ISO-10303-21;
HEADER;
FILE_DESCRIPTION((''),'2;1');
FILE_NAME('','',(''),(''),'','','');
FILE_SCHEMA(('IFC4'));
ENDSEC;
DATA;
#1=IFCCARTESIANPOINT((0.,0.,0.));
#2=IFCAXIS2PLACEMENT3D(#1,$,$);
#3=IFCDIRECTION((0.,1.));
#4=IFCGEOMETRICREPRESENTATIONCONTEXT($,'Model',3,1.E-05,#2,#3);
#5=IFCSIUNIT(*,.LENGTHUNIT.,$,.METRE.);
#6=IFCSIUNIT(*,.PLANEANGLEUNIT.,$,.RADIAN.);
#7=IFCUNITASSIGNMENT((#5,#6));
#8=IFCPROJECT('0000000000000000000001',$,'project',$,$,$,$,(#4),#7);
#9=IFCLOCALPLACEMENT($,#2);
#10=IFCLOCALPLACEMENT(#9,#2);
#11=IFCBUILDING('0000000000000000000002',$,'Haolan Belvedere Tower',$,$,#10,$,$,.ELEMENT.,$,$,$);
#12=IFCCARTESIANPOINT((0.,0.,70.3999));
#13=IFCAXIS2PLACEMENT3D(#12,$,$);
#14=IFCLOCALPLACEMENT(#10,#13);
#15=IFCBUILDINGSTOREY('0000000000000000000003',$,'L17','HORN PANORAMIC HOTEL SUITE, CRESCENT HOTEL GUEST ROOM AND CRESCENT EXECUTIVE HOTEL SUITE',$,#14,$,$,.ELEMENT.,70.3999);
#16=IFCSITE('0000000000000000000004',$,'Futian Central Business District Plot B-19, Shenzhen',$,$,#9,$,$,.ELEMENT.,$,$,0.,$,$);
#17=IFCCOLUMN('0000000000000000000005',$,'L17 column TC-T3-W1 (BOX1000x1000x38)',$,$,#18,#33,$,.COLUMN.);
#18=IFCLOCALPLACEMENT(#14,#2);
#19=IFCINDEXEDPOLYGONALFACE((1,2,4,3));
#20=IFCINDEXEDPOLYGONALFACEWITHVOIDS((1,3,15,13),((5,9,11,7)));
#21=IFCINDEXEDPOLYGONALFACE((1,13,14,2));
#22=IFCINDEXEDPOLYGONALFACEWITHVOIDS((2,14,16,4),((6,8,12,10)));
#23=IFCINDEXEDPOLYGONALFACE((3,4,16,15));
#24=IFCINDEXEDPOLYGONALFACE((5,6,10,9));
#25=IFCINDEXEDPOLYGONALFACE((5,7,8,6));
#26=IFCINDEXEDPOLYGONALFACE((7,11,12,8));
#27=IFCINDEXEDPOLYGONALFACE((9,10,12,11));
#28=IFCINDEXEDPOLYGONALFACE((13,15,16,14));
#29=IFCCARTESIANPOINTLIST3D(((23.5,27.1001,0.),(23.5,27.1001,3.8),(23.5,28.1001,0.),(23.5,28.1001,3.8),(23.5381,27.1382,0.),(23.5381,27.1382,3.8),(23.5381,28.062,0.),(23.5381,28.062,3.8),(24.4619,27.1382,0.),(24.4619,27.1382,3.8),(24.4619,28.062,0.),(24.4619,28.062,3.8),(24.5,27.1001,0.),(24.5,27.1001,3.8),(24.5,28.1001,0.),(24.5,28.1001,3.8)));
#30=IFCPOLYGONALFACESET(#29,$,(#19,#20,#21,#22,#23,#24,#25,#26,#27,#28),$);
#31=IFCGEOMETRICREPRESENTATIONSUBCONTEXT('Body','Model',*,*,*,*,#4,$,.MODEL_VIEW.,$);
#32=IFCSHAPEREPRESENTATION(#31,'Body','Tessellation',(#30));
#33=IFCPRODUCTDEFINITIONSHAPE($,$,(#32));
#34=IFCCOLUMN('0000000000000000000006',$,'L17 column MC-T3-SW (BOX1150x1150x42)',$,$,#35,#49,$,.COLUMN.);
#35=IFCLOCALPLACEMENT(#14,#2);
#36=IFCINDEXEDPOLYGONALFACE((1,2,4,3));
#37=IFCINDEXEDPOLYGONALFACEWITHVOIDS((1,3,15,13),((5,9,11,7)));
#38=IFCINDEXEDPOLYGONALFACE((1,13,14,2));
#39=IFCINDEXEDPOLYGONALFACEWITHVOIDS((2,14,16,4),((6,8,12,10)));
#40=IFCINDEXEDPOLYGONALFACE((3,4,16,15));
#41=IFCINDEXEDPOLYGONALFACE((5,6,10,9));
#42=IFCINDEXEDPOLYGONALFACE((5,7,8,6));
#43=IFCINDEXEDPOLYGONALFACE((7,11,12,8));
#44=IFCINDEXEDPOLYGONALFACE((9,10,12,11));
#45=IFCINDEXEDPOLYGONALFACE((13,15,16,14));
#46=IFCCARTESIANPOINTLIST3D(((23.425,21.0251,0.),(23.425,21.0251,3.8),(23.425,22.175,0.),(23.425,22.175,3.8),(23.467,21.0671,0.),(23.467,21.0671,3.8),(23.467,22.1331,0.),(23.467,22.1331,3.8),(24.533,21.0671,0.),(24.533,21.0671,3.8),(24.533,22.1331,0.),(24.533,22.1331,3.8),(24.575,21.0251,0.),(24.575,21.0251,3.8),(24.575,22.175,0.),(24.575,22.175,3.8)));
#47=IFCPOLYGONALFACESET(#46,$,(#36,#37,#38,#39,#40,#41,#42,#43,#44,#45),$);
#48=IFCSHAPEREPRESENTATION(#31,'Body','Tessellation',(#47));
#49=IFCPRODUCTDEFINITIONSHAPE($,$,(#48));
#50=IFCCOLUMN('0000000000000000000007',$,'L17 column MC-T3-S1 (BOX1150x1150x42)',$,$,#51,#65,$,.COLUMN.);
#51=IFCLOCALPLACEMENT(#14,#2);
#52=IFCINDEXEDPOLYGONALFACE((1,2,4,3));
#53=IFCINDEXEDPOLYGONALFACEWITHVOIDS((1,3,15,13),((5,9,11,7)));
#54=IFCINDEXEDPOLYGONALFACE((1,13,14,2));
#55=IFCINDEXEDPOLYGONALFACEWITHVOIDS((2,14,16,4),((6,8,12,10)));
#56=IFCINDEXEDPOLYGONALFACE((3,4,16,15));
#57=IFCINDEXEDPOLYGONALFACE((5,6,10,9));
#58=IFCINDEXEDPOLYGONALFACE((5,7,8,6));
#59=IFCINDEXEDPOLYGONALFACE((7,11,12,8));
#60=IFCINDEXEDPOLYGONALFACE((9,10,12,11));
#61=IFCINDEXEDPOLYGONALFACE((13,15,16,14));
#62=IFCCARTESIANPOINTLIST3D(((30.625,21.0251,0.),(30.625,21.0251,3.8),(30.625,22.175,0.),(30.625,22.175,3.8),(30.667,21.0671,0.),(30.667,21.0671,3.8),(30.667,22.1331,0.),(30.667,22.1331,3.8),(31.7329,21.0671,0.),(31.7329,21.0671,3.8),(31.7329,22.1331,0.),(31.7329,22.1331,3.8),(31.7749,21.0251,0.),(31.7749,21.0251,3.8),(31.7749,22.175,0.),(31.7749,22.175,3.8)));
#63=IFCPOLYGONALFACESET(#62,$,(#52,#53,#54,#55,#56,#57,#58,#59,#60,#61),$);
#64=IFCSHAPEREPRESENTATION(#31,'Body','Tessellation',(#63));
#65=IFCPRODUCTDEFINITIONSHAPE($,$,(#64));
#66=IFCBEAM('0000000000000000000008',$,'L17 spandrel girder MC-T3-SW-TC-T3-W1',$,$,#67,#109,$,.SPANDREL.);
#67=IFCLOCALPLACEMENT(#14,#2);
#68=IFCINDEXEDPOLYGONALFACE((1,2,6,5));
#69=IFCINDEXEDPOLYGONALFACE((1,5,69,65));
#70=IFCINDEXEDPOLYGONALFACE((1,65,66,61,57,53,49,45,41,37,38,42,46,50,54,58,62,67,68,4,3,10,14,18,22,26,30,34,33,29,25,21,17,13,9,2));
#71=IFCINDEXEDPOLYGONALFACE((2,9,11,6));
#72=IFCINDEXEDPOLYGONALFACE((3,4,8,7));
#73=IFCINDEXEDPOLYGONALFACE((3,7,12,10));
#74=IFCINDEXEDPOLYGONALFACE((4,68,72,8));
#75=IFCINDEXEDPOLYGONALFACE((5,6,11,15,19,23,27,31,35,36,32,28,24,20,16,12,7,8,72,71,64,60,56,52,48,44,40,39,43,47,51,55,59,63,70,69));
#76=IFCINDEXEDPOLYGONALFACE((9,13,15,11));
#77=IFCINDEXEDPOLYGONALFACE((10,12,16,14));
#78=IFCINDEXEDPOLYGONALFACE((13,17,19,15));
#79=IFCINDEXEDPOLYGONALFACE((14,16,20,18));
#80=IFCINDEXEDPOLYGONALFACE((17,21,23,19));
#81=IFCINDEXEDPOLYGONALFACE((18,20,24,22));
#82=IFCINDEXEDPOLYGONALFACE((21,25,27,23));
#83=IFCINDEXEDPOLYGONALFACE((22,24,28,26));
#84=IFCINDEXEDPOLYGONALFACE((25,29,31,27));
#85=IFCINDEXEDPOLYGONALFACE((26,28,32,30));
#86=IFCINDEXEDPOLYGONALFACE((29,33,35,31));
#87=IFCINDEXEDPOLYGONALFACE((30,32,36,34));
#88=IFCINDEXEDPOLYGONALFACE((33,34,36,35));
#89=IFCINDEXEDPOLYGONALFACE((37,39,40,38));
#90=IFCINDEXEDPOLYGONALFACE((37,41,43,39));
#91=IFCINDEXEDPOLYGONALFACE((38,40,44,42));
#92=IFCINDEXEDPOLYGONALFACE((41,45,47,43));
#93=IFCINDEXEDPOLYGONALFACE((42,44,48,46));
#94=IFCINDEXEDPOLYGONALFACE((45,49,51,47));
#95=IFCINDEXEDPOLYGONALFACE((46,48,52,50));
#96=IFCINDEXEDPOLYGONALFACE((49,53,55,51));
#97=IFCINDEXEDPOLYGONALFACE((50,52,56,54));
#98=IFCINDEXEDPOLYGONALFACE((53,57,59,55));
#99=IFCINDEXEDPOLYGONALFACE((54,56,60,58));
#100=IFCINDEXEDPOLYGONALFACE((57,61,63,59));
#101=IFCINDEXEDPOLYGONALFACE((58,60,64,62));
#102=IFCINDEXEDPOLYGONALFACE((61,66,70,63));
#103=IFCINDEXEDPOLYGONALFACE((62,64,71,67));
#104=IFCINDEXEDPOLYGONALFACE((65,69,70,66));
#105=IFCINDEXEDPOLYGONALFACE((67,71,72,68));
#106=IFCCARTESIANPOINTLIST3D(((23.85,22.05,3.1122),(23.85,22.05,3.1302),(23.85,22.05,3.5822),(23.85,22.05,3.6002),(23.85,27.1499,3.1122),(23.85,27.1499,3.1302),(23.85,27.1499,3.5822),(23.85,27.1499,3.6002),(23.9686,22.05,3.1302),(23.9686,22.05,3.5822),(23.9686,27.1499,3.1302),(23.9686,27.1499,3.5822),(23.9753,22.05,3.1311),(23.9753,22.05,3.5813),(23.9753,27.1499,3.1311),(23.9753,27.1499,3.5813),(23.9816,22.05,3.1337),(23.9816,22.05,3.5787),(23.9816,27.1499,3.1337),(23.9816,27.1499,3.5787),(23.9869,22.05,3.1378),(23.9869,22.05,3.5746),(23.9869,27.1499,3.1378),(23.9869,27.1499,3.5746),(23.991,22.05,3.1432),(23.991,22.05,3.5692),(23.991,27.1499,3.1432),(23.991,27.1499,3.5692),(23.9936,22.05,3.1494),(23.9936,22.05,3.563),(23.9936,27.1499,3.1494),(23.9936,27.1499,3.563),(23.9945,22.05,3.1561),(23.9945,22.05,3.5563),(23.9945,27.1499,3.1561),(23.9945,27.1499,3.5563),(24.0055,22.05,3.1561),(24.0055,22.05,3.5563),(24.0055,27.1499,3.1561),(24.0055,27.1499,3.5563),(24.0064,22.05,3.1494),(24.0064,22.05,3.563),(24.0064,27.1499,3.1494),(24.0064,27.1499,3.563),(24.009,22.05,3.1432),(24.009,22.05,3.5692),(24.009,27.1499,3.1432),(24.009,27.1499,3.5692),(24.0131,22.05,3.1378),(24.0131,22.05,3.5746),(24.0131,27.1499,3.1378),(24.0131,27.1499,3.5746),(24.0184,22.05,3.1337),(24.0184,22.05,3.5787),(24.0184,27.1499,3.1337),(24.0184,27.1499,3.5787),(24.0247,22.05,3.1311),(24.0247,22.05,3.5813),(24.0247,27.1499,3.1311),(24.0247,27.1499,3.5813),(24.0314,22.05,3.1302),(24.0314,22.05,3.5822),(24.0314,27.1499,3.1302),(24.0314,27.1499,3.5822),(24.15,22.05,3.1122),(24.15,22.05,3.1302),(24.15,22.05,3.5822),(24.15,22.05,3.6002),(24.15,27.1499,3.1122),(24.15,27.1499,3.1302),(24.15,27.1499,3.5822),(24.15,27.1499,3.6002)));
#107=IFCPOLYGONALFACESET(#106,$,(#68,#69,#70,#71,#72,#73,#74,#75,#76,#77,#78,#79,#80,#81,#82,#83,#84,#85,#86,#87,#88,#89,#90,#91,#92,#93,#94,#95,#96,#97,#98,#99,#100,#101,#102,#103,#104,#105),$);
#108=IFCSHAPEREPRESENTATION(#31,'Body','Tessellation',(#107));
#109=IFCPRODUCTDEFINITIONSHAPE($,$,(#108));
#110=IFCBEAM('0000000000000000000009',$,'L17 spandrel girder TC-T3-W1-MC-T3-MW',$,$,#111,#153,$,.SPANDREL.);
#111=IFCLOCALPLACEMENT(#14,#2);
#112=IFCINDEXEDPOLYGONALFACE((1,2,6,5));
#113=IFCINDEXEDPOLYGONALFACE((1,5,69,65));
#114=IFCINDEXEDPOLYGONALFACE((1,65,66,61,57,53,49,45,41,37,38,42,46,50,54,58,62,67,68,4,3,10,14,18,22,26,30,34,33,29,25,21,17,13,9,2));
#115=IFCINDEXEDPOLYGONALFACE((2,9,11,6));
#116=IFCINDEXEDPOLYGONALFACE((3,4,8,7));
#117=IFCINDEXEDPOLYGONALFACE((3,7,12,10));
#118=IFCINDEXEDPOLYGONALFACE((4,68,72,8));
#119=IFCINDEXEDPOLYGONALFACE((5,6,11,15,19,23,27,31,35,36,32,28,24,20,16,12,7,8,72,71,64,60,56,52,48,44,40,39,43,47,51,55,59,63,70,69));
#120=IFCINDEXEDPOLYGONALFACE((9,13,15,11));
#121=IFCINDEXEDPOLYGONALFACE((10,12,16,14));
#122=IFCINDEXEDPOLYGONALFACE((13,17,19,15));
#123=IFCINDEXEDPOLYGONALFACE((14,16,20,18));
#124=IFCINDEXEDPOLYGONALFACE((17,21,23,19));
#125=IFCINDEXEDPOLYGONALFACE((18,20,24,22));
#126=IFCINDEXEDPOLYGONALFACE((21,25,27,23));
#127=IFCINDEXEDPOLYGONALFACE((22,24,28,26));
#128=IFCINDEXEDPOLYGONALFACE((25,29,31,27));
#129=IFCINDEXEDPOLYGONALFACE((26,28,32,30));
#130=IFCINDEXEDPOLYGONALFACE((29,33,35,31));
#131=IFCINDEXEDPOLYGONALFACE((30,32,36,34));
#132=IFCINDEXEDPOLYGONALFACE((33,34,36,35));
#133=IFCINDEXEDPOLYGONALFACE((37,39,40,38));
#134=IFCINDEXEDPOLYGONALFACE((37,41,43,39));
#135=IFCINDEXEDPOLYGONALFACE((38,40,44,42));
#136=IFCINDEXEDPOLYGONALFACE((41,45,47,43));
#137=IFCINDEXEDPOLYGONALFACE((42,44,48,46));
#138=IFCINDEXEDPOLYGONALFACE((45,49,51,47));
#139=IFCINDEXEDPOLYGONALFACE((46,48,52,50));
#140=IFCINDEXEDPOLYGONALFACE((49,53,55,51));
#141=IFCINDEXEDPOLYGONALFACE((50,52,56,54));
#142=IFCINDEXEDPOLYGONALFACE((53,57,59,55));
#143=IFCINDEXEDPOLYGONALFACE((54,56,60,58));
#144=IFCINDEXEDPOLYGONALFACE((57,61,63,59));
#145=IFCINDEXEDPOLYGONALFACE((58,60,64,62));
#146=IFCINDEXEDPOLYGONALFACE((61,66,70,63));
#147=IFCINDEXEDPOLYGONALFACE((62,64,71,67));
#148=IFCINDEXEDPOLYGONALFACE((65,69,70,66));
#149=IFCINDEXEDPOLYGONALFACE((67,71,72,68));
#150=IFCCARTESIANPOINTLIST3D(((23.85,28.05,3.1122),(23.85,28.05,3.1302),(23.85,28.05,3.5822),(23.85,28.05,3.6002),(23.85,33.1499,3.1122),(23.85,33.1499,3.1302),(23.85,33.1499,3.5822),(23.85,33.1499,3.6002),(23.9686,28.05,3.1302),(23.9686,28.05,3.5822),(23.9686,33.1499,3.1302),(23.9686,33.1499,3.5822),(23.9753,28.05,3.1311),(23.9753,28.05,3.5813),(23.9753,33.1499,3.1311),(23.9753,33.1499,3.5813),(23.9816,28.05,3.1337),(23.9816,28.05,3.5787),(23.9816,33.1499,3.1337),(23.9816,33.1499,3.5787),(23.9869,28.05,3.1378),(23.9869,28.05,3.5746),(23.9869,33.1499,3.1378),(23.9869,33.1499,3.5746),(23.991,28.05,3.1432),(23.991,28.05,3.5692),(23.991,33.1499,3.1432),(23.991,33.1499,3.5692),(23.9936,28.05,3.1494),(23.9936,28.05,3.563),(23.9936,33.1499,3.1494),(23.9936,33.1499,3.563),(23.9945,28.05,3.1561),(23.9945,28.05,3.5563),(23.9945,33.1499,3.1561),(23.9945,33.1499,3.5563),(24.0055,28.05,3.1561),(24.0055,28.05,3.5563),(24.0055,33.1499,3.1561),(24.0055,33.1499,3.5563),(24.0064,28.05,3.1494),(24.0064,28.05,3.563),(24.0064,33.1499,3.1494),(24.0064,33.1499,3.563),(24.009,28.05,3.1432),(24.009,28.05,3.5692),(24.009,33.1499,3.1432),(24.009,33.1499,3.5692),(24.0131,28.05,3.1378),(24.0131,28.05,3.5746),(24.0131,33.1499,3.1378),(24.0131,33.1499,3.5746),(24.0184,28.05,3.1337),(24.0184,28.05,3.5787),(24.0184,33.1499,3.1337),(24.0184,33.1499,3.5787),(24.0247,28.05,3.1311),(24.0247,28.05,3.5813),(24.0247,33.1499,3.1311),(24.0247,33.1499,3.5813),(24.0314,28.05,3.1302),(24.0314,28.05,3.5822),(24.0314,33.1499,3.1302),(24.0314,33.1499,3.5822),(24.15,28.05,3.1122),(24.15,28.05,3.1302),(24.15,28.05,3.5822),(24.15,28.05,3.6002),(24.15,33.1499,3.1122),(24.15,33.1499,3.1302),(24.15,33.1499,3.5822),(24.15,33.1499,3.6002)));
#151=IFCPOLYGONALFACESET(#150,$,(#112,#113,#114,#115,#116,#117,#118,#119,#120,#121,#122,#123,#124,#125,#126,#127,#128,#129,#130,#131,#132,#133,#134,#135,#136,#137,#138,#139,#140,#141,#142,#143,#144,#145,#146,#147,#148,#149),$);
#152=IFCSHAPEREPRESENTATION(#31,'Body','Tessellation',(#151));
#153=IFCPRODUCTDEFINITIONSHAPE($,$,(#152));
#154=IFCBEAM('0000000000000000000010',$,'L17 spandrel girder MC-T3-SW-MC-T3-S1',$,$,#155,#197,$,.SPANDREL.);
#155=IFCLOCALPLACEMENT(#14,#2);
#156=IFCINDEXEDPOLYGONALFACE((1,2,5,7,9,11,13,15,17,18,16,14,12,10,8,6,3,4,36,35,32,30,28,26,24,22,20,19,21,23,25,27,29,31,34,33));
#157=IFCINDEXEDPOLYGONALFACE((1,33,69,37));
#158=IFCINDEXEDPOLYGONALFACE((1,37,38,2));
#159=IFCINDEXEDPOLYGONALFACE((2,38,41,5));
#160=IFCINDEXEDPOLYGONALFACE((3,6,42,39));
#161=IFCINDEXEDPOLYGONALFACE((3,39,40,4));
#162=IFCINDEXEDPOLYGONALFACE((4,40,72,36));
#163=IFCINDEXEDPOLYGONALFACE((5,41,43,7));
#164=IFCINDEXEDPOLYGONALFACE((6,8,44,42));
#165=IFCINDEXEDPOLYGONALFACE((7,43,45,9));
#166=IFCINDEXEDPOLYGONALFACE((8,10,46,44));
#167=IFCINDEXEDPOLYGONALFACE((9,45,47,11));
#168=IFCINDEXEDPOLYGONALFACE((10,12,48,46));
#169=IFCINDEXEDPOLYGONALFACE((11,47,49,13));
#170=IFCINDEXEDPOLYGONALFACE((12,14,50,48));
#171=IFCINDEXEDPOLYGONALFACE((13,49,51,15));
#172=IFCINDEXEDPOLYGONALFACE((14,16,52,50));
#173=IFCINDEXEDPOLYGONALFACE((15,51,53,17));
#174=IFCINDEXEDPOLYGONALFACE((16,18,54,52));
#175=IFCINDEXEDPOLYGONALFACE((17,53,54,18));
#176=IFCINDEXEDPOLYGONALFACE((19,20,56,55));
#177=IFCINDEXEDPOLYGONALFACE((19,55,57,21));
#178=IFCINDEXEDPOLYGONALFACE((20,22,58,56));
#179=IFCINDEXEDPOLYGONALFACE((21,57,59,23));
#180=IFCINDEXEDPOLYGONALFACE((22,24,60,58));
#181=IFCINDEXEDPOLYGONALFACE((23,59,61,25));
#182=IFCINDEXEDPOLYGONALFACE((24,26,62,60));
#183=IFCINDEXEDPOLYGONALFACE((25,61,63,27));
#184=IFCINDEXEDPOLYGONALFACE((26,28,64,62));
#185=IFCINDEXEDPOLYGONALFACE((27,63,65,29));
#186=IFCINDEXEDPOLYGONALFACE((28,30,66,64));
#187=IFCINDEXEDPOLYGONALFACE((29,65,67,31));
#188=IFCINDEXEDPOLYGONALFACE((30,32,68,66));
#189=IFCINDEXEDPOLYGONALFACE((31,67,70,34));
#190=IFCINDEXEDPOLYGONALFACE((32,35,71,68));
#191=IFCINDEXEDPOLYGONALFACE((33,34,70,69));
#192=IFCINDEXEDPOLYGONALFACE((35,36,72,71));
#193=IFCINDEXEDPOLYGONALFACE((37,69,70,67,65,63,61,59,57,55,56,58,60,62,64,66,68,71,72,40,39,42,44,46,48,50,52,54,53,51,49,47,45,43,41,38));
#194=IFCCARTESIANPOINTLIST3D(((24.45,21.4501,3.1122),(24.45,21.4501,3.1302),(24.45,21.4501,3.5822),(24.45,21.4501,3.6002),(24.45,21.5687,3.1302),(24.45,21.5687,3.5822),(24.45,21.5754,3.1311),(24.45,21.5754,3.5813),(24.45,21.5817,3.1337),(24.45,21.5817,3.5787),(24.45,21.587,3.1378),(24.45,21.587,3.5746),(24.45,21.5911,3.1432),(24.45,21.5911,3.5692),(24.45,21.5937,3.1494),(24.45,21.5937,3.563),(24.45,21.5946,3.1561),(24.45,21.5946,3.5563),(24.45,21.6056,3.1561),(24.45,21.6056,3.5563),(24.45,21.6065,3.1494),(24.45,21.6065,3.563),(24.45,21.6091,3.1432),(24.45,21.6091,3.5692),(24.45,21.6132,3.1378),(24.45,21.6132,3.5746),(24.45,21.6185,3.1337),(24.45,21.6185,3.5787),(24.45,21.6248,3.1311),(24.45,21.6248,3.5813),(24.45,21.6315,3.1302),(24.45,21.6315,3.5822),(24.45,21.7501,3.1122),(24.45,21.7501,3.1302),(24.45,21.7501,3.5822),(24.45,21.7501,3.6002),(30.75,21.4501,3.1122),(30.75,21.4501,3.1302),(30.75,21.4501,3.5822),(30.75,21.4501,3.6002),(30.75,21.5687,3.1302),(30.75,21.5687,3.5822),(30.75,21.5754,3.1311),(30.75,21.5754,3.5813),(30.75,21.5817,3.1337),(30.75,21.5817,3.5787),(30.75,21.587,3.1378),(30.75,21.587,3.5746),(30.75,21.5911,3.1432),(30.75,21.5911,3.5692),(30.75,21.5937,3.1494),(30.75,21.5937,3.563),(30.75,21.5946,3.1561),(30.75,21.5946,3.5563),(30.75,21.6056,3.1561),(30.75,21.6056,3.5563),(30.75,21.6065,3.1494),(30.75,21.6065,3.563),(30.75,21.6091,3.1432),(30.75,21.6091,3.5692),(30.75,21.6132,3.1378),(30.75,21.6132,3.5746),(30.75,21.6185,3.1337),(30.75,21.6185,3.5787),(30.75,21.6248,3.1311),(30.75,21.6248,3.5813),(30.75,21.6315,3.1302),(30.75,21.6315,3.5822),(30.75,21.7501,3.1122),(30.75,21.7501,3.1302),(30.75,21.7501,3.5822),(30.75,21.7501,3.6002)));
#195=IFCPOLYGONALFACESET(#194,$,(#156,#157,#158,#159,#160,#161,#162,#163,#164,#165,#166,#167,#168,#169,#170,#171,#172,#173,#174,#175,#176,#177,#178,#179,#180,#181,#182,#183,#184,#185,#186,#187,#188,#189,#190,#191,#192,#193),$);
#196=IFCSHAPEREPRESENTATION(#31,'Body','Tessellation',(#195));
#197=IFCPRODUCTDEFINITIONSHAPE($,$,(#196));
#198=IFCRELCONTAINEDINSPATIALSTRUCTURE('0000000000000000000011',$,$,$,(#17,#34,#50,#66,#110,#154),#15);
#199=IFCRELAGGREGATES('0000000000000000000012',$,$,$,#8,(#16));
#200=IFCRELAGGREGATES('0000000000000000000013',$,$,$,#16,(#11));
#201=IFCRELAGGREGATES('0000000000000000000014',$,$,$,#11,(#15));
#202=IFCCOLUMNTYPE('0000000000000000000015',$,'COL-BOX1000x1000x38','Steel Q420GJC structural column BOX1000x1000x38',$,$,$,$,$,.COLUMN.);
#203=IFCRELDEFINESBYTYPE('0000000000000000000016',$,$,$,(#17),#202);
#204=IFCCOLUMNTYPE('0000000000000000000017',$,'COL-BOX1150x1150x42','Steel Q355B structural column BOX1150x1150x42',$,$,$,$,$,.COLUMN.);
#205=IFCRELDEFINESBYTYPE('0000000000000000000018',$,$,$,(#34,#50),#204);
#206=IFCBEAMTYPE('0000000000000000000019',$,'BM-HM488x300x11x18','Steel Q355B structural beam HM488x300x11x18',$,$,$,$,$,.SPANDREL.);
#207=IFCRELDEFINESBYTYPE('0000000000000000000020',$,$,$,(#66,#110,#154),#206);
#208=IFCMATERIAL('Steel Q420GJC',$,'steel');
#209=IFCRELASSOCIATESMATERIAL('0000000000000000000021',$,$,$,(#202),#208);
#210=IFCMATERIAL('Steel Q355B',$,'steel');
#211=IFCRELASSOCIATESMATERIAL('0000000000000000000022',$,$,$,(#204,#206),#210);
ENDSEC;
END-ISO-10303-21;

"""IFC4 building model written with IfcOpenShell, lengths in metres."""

from ifc_helpers import new_model, si_unit, direction, frame, origin, origin_2d, place, context, subcontext, project, spatial, hollow_rectangle, i_section, extrude, material, material_profile, profile_set, type_object, element, save


model = new_model("IFC4")

# Units and contexts
model_context = context("Model", 3, precision=1e-05, world=origin(), true_north=direction((0.0, 1.0)))
body_context = subcontext(model_context, "Body", "Model", "MODEL_VIEW")
ifc_project = project(units=[si_unit("LENGTHUNIT", "METRE"), si_unit("PLANEANGLEUNIT", "RADIAN")], contexts=[model_context])

# Site, building, storey
site_placement = place(None, origin())
site = spatial("IfcSite", under=ifc_project, at=site_placement, Name="Futian Central Business District Plot B-19, Shenzhen", CompositionType="ELEMENT", RefElevation=0.0)
building_placement = place(site_placement, origin())
building = spatial("IfcBuilding", under=site, at=building_placement, Name="Haolan Belvedere Tower", CompositionType="ELEMENT")
storey_placement = place(building_placement, frame((0.0, 0.0, 70.3999)))
storey = spatial("IfcBuildingStorey", under=building, at=storey_placement, Name="L17", Description="HORN PANORAMIC HOTEL SUITE, CRESCENT HOTEL GUEST ROOM AND CRESCENT EXECUTIVE HOTEL SUITE", CompositionType="ELEMENT", Elevation=70.3999)

# Columns
ifc_material_1 = material(Name="Steel Q420GJC", Category="steel")
ifc_material_profile_1 = material_profile(ifc_material_1, hollow_rectangle(XDim=1.0, YDim=1.0, WallThickness=0.0381, at=origin_2d()), Name="Steel Q420GJC")
ifc_profile_set_1 = profile_set([ifc_material_profile_1], Name="Steel Q420GJC")
column_type_1 = type_object("IfcColumnType", Name="COL-BOX1000x1000x38", Description="Steel Q420GJC structural column BOX1000x1000x38", PredefinedType="COLUMN", material=ifc_profile_set_1)
column_placement = place(storey_placement, frame((24.0, 27.6001, 0.0), z_axis=(0.0, 0.0, 1.0), x_axis=(1.0, 0.0, 0.0)))
element("IfcColumn", 1, at=column_placement, inside=storey, type_object=column_type_1, Name="L17 column TC-T3-W1 (BOX1000x1000x38)", PredefinedType="COLUMN", context=body_context, shape_type="SweptSolid", body=[
    extrude(hollow_rectangle(XDim=1.0, YDim=1.0, WallThickness=0.0381, at=origin_2d()), origin(), (0.0, 0.0, 1.0), 3.8),
])
ifc_material_2 = material(Name="Steel Q355B", Category="steel")
ifc_material_profile_2 = material_profile(ifc_material_2, hollow_rectangle(XDim=1.1499, YDim=1.1499, WallThickness=0.042, at=origin_2d()), Name="Steel Q355B")
ifc_profile_set_2 = profile_set([ifc_material_profile_2], Name="Steel Q355B")
column_type_2 = type_object("IfcColumnType", Name="COL-BOX1150x1150x42", Description="Steel Q355B structural column BOX1150x1150x42", PredefinedType="COLUMN", material=ifc_profile_set_2)
for number, where, z_axis, x_axis, name in (
    (2, (24.0, 21.6001, 0.0), (0.0, 0.0, 1.0), (1.0, 0.0, 0.0), "L17 column MC-T3-SW (BOX1150x1150x42)"),
    (3, (31.2, 21.6001, 0.0), (0.0, 0.0, 1.0), (1.0, 0.0, 0.0), "L17 column MC-T3-S1 (BOX1150x1150x42)"),
):
    element("IfcColumn", number, at=place(storey_placement, frame(where, z_axis=z_axis, x_axis=x_axis)), inside=storey, type_object=column_type_2, Name=name, PredefinedType="COLUMN", context=body_context, shape_type="SweptSolid", body=[
        extrude(hollow_rectangle(XDim=1.1499, YDim=1.1499, WallThickness=0.042, at=origin_2d()), origin(), (0.0, 0.0, 1.0), 3.8),
    ])

# Beams
ifc_material_profile_3 = material_profile(ifc_material_2, i_section(OverallWidth=0.3, OverallDepth=0.488, WebThickness=0.011, FlangeThickness=0.0181, FilletRadius=0.0259, at=origin_2d()), Name="Steel Q355B")
ifc_profile_set_3 = profile_set([ifc_material_profile_3], Name="Steel Q355B")
beam_type_1 = type_object("IfcBeamType", Name="BM-HM488x300x11x18", Description="Steel Q355B structural beam HM488x300x11x18", PredefinedType="SPANDREL", material=ifc_profile_set_3)
for number, where, z_axis, x_axis, name in (
    (4, (24.0, 22.05, 3.3562), (0.0, 1.0, 0.0), (-1.0, 0.0, 0.0), "L17 spandrel girder MC-T3-SW-TC-T3-W1"),
    (5, (24.0, 28.05, 3.3562), (0.0, 1.0, 0.0), (-1.0, 0.0, 0.0), "L17 spandrel girder TC-T3-W1-MC-T3-MW"),
):
    element("IfcBeam", number, at=place(storey_placement, frame(where, z_axis=z_axis, x_axis=x_axis)), inside=storey, type_object=beam_type_1, Name=name, PredefinedType="SPANDREL", context=body_context, shape_type="SweptSolid", body=[
        extrude(i_section(OverallWidth=0.3, OverallDepth=0.488, WebThickness=0.011, FlangeThickness=0.0181, FilletRadius=0.0259, at=origin_2d()), origin(), (0.0, 0.0, 1.0), 5.0999),
    ])
for number, where, z_axis, x_axis, name in (
    (6, (24.45, 21.6001, 3.3562), (1.0, 0.0, 0.0), (0.0, 1.0, 0.0), "L17 spandrel girder MC-T3-SW-MC-T3-S1"),
):
    element("IfcBeam", number, at=place(storey_placement, frame(where, z_axis=z_axis, x_axis=x_axis)), inside=storey, type_object=beam_type_1, Name=name, PredefinedType="SPANDREL", context=body_context, shape_type="SweptSolid", body=[
        extrude(i_section(OverallWidth=0.3, OverallDepth=0.488, WebThickness=0.011, FlangeThickness=0.0181, FilletRadius=0.0259, at=origin_2d()), origin(), (0.0, 0.0, 1.0), 6.3),
    ])

save(model, "model.ifc")
